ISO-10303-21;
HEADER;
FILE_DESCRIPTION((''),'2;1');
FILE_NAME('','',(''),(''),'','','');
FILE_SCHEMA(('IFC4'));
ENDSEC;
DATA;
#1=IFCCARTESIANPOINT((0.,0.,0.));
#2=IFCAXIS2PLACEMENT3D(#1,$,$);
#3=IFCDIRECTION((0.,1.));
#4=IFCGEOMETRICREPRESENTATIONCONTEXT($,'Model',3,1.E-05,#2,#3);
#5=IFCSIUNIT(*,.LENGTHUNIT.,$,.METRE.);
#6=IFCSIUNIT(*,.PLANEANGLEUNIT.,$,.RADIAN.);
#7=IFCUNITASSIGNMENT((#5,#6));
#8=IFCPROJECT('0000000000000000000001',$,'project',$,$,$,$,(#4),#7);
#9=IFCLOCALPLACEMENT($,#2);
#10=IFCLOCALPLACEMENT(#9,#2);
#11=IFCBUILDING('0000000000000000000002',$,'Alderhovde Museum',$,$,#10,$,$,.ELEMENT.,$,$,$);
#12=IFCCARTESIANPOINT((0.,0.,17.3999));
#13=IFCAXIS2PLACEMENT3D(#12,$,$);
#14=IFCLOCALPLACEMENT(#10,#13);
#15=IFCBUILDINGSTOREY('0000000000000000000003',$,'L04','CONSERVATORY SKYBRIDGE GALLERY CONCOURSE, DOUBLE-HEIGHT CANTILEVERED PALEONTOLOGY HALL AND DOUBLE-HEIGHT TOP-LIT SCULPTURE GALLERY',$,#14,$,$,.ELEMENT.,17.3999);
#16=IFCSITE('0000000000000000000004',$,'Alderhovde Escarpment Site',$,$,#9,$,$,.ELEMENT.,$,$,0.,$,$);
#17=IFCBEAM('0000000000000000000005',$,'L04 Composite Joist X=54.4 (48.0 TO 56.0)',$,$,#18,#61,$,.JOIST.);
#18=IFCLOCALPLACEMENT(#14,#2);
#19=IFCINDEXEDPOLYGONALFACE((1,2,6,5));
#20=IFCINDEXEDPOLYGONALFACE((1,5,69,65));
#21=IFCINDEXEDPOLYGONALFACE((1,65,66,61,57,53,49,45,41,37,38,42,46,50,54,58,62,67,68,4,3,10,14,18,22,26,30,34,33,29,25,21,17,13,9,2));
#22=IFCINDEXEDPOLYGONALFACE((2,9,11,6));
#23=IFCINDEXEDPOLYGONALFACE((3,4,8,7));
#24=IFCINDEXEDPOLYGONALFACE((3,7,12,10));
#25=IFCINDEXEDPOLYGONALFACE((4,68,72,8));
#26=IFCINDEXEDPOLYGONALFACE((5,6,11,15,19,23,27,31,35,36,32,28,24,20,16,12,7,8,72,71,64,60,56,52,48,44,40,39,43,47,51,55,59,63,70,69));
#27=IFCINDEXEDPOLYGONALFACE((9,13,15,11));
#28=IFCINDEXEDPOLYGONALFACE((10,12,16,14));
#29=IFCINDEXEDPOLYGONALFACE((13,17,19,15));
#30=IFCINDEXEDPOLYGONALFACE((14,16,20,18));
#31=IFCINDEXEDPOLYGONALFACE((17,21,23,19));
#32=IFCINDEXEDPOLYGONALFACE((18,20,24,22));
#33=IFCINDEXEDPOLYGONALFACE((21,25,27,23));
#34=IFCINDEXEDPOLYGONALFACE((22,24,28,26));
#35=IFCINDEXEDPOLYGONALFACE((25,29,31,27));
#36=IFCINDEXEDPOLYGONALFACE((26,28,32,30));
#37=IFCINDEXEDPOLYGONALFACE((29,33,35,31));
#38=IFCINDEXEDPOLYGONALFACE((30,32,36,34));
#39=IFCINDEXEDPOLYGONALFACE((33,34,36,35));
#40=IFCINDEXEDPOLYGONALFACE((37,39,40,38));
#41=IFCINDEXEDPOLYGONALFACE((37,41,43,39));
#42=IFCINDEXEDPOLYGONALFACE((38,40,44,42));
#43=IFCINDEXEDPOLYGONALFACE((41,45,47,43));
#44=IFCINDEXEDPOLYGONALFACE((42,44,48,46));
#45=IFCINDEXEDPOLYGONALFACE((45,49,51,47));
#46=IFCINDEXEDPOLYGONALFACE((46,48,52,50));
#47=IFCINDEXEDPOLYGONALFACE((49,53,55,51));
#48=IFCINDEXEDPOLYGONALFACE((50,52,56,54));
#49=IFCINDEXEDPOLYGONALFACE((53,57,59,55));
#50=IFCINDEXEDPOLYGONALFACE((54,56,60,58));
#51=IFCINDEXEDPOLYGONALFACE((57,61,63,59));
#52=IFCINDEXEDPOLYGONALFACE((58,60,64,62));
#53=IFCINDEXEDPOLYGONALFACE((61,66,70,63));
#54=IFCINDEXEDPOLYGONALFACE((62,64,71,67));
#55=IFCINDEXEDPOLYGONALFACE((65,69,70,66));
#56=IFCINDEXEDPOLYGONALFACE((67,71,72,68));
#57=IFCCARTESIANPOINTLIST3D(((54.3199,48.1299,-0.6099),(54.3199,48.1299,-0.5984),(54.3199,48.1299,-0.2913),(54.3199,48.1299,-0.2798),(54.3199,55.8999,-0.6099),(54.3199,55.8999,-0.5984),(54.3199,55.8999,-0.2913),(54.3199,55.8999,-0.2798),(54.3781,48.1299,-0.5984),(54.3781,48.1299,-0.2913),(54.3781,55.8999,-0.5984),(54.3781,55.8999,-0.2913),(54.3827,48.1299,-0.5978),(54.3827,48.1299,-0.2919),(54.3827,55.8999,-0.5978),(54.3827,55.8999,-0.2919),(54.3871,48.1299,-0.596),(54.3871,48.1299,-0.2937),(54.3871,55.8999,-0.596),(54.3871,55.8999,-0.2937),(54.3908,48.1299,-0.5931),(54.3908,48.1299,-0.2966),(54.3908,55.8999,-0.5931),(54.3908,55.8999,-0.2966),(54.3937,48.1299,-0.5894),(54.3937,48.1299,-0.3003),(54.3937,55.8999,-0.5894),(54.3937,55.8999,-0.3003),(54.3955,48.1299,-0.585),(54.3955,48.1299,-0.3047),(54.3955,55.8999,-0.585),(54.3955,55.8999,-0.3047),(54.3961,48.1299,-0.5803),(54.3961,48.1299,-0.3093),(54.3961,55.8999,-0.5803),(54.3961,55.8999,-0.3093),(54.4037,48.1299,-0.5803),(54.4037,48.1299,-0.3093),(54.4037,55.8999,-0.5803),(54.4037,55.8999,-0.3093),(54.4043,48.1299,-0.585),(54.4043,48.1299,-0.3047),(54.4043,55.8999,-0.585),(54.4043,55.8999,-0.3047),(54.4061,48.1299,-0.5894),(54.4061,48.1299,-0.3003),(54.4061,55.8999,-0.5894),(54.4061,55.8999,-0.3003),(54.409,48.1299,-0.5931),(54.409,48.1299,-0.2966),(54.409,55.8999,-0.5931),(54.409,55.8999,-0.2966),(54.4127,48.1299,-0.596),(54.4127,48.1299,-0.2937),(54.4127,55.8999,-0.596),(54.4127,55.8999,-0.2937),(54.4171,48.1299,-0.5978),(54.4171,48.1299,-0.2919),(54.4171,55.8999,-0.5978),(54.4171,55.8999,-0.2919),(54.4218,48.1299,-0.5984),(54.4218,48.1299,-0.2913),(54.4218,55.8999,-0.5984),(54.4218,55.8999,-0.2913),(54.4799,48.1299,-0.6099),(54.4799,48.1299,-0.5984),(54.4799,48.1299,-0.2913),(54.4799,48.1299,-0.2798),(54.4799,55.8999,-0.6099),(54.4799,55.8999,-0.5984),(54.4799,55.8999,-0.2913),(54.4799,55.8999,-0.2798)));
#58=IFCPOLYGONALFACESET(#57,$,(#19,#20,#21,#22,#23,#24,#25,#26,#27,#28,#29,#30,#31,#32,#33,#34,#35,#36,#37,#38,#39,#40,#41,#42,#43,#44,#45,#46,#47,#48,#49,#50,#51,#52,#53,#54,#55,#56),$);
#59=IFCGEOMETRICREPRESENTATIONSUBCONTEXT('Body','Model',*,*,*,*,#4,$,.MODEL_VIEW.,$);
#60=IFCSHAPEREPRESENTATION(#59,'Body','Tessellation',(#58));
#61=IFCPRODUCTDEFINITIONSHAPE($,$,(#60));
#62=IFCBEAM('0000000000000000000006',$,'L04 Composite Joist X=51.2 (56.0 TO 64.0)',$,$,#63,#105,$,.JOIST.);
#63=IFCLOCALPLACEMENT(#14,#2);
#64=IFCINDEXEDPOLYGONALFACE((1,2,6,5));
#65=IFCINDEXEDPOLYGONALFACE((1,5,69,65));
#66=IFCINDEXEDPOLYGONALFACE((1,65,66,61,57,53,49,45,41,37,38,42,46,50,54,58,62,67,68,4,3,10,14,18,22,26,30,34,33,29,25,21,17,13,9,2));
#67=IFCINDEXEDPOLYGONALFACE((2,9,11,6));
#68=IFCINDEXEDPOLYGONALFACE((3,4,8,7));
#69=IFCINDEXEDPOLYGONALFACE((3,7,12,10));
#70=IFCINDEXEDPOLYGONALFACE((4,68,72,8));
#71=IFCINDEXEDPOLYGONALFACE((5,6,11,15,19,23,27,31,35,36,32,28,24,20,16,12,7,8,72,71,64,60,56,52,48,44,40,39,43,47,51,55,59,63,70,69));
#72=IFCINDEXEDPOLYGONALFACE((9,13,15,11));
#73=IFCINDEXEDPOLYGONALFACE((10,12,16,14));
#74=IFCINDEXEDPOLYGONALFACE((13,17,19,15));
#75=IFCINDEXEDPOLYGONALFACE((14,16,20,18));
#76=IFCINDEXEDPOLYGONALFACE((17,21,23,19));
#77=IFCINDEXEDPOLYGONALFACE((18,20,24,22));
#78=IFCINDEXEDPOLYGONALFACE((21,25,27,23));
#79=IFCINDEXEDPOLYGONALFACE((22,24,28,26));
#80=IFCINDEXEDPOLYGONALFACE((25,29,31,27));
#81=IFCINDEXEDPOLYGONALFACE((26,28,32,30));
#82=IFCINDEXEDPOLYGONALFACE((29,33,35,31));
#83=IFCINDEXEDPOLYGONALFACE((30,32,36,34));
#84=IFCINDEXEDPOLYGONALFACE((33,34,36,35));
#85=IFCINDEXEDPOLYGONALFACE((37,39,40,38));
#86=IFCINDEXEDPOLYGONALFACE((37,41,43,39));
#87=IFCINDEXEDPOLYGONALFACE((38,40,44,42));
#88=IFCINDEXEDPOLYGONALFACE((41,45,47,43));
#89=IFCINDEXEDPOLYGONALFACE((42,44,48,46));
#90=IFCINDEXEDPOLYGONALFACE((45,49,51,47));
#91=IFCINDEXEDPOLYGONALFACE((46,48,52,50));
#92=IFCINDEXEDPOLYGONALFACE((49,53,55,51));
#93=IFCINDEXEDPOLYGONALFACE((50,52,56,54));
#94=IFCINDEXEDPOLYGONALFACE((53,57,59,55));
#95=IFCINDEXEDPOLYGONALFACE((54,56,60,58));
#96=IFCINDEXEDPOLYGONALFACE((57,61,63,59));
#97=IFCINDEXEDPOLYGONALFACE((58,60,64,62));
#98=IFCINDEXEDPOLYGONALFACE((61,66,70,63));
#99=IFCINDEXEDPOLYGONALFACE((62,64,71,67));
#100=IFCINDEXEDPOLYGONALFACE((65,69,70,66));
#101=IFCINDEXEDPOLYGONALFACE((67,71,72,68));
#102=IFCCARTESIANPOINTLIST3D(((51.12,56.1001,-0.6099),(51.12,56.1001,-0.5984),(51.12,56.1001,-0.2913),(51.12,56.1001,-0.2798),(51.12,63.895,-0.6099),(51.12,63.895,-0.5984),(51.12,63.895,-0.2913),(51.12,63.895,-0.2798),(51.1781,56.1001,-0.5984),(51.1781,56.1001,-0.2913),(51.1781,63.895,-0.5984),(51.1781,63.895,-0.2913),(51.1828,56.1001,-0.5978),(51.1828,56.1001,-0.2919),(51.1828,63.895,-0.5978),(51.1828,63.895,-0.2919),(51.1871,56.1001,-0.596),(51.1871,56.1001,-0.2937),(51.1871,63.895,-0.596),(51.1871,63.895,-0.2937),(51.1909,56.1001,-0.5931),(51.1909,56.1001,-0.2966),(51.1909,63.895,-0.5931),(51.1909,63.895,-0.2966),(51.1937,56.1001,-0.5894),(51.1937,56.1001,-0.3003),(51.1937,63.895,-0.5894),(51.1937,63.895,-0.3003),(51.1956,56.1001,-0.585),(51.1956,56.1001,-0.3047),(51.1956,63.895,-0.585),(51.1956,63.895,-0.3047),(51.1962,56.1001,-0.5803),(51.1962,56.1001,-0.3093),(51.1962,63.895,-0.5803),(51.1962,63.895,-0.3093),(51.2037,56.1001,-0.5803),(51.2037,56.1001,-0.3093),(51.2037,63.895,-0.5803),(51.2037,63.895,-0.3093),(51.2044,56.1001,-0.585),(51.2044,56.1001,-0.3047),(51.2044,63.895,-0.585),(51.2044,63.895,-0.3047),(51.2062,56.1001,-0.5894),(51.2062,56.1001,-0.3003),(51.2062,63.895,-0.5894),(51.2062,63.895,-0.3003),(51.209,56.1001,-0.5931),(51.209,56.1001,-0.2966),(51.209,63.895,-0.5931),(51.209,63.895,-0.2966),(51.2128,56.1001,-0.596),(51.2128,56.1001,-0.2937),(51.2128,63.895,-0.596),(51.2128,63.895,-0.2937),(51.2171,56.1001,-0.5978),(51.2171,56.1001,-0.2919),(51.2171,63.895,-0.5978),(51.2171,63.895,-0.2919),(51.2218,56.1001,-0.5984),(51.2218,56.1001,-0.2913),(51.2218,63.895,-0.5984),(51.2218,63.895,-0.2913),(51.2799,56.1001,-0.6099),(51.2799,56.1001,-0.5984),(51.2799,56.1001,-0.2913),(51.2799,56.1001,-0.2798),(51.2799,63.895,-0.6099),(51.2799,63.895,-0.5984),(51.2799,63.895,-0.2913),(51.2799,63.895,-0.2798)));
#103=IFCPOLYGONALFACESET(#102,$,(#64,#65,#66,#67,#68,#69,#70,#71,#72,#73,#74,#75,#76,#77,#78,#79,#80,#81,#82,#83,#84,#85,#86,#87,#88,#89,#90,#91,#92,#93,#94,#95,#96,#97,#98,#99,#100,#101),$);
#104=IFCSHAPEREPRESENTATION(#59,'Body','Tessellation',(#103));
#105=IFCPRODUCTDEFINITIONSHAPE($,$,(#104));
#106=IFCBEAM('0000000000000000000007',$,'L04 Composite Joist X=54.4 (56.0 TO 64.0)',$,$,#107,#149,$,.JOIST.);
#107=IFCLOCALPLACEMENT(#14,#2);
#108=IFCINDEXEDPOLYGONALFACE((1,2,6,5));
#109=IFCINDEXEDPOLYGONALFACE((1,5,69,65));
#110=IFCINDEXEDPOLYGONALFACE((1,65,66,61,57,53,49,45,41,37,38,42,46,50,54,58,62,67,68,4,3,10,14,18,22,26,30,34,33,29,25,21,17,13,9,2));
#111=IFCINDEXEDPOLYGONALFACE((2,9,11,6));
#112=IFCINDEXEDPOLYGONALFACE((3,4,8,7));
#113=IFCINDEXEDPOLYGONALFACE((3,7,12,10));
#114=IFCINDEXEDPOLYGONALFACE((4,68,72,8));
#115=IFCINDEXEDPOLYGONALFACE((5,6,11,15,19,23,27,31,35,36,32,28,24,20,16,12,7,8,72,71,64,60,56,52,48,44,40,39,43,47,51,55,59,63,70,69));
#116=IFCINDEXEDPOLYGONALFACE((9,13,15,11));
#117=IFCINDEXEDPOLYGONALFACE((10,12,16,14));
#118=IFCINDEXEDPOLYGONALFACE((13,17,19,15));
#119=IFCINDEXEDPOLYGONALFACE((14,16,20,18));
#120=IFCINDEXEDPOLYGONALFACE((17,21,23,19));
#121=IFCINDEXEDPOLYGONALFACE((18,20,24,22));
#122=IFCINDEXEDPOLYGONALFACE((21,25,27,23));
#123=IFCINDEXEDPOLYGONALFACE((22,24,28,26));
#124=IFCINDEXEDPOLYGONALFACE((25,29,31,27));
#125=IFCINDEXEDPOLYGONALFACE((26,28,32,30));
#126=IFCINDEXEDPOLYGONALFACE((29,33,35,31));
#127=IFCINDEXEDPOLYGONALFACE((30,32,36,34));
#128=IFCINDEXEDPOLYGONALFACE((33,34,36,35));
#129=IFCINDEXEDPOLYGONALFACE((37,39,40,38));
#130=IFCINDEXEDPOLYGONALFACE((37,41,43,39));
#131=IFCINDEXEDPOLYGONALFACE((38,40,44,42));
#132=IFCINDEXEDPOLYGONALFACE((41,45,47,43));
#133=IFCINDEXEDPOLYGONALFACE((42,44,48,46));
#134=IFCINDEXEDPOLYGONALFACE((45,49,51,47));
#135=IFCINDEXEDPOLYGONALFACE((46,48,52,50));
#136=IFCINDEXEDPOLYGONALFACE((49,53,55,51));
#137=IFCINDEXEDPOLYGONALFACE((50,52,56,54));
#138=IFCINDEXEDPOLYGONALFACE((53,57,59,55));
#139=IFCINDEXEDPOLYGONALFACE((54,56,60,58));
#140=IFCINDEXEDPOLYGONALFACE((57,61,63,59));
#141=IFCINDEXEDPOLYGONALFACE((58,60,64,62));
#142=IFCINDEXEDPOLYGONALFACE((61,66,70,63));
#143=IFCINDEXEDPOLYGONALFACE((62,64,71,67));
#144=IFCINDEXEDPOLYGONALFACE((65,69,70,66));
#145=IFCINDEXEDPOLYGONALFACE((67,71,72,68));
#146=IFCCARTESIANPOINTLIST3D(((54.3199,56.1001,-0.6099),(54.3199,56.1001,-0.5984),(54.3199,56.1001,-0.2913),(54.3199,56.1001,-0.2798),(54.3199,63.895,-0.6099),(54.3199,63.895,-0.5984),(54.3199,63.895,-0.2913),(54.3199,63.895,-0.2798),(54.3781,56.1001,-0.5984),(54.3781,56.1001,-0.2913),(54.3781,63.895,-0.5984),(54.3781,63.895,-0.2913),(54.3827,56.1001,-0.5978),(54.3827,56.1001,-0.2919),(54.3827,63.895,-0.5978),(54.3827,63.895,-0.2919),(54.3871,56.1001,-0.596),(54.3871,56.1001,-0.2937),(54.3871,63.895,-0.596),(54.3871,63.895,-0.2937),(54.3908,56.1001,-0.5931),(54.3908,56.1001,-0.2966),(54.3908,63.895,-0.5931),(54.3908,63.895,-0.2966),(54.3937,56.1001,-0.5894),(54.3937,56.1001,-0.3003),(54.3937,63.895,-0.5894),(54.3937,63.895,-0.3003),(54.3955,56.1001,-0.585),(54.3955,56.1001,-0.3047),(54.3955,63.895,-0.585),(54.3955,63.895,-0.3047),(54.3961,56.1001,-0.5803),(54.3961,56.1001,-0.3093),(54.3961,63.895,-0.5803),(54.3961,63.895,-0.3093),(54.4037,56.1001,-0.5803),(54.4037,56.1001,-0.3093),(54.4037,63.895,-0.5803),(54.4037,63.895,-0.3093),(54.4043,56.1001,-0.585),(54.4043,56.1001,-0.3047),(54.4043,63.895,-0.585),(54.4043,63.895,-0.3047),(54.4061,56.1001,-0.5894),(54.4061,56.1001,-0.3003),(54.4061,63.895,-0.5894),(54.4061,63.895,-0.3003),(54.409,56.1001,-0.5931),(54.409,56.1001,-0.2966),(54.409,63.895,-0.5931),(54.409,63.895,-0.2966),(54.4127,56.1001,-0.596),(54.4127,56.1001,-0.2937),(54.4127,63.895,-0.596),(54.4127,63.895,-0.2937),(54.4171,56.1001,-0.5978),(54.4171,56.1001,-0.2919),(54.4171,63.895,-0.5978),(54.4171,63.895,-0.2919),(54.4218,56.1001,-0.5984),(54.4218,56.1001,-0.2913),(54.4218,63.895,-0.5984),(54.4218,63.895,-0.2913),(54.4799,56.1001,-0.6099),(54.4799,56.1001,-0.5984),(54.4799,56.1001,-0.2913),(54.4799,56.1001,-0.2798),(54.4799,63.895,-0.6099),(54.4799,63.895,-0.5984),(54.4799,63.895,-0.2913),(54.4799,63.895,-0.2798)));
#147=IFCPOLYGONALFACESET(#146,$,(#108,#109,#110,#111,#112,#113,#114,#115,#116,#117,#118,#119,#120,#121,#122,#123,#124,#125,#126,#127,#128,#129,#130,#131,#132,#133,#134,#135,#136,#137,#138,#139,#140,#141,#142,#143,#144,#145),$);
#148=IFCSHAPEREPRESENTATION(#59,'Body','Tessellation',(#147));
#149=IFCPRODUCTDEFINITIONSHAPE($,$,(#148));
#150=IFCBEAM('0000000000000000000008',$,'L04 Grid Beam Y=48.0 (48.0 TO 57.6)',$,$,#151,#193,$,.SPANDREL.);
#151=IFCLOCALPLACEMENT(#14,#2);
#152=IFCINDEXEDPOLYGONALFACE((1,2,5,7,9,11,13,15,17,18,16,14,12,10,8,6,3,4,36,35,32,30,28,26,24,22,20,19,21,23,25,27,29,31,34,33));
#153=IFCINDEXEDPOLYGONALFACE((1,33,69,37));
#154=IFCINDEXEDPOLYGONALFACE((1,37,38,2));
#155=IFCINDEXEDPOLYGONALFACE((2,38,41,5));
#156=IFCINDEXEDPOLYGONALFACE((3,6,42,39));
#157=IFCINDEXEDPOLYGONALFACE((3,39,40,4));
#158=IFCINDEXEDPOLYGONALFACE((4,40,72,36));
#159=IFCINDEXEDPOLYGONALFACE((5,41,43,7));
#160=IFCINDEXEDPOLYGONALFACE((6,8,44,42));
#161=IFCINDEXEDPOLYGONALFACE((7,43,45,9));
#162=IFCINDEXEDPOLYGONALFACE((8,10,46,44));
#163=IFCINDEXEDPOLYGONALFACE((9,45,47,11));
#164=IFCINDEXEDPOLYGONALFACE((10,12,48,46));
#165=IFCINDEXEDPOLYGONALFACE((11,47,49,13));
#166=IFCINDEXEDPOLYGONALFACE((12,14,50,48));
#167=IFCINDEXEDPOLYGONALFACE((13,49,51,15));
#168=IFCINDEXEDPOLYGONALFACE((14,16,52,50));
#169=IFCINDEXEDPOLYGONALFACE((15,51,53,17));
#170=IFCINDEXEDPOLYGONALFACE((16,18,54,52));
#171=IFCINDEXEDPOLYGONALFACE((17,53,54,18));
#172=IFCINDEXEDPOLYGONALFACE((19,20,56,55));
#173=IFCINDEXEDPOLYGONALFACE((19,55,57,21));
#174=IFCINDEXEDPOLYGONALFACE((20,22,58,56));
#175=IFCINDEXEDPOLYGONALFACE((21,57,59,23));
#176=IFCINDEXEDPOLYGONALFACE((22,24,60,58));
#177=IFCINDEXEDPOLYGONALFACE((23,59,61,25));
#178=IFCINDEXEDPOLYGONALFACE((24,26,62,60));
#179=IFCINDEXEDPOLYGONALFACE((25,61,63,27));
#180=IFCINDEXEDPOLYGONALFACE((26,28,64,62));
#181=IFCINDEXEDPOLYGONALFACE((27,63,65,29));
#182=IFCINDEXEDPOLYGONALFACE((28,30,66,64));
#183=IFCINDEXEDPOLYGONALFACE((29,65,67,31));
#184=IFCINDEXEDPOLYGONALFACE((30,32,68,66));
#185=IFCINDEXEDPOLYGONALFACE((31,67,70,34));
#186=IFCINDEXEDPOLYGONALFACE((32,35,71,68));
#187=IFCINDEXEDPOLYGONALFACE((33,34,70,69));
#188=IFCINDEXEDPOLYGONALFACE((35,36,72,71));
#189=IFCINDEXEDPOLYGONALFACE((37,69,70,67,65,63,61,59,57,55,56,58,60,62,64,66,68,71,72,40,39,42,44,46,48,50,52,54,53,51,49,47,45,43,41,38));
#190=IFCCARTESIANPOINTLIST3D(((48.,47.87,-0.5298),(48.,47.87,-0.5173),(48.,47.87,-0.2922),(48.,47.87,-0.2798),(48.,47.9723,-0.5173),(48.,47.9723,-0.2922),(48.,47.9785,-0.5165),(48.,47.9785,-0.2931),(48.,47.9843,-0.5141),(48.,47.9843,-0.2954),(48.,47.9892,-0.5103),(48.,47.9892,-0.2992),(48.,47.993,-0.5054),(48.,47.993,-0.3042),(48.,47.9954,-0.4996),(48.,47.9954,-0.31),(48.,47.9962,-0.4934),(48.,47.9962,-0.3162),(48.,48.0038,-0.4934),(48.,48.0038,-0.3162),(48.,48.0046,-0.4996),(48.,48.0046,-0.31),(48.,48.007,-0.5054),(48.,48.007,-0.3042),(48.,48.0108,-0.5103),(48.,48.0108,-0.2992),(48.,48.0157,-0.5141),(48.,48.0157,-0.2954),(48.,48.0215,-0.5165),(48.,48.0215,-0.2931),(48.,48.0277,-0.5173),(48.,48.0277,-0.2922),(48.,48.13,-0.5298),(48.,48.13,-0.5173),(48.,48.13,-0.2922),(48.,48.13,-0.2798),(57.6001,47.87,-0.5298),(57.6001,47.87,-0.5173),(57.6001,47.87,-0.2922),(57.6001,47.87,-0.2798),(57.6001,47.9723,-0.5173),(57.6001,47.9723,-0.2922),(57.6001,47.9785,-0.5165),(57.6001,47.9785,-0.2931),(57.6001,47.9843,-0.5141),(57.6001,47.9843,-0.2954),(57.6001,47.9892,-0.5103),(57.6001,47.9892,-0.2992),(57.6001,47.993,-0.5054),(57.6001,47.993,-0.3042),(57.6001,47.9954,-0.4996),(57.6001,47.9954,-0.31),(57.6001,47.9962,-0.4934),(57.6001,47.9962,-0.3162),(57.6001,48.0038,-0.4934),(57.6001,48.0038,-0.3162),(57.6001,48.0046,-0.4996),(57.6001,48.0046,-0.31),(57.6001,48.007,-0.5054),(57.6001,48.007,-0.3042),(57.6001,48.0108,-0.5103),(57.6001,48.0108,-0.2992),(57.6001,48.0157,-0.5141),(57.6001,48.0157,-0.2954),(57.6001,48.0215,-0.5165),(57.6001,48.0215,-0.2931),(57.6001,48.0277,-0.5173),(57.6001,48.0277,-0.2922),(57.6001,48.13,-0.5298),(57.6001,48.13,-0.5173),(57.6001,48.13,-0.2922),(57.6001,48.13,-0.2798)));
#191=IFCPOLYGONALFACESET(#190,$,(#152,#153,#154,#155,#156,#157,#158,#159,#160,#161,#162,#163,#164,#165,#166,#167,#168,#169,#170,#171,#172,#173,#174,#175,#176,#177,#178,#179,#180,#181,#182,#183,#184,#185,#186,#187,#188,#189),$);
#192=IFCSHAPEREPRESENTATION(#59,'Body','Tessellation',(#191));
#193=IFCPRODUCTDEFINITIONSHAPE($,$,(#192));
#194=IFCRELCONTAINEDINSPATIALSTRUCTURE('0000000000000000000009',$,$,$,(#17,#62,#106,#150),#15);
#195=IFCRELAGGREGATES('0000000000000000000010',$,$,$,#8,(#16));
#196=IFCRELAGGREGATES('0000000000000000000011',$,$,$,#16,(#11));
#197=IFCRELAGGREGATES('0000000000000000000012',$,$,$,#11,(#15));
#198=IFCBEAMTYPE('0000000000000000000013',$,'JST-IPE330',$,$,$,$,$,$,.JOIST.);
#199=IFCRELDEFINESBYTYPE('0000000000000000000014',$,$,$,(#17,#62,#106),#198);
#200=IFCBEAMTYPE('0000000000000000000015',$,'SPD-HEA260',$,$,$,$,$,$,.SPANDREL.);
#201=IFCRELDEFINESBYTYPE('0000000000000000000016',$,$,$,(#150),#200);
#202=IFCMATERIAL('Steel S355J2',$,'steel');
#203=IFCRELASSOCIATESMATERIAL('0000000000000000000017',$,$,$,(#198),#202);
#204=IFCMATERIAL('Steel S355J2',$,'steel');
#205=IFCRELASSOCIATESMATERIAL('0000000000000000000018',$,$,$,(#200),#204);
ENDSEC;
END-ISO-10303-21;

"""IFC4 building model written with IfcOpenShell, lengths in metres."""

from ifc_helpers import new_model, si_unit, direction, frame, origin, origin_2d, place, context, subcontext, project, spatial, i_section, extrude, material, material_profile, profile_set, type_object, element, save


model = new_model("IFC4")

# Units and contexts
model_context = context("Model", 3, precision=1e-05, world=origin(), true_north=direction((0.0, 1.0)))
body_context = subcontext(model_context, "Body", "Model", "MODEL_VIEW")
ifc_project = project(units=[si_unit("LENGTHUNIT", "METRE"), si_unit("PLANEANGLEUNIT", "RADIAN")], contexts=[model_context])

# Site, building, storey
site_placement = place(None, origin())
site = spatial("IfcSite", under=ifc_project, at=site_placement, Name="Alderhovde Escarpment Site", CompositionType="ELEMENT", RefElevation=0.0)
building_placement = place(site_placement, origin())
building = spatial("IfcBuilding", under=site, at=building_placement, Name="Alderhovde Museum", CompositionType="ELEMENT")
storey_placement = place(building_placement, frame((0.0, 0.0, 17.3999)))
storey = spatial("IfcBuildingStorey", under=building, at=storey_placement, Name="L04", Description="CONSERVATORY SKYBRIDGE GALLERY CONCOURSE, DOUBLE-HEIGHT CANTILEVERED PALEONTOLOGY HALL AND DOUBLE-HEIGHT TOP-LIT SCULPTURE GALLERY", CompositionType="ELEMENT", Elevation=17.3999)

# Beams
ifc_material_1 = material(Name="Steel S355J2", Category="steel")
ifc_material_profile_1 = material_profile(ifc_material_1, i_section(OverallWidth=0.1599, OverallDepth=0.3301, WebThickness=0.0076, FlangeThickness=0.0115, FilletRadius=0.0181, at=origin_2d()), Name="IPE 330")
ifc_profile_set_1 = profile_set([ifc_material_profile_1], Name="Steel S355J2")
beam_type_1 = type_object("IfcBeamType", Name="JST-IPE330", PredefinedType="JOIST", material=ifc_profile_set_1)
for number, where, z_axis, x_axis, name in (
    (1, (54.3999, 48.1299, -0.4448), (0.0, 1.0, 0.0), (-1.0, 0.0, 0.0), "L04 Composite Joist X=54.4 (48.0 TO 56.0)"),
):
    element("IfcBeam", number, at=place(storey_placement, frame(where, z_axis=z_axis, x_axis=x_axis)), inside=storey, type_object=beam_type_1, Name=name, PredefinedType="JOIST", context=body_context, shape_type="SweptSolid", body=[
        extrude(i_section(OverallWidth=0.1599, OverallDepth=0.3301, WebThickness=0.0076, FlangeThickness=0.0115, FilletRadius=0.0181, at=origin_2d()), origin(), (0.0, 0.0, 1.0), 7.77),
    ])
for number, where, z_axis, x_axis, name in (
    (2, (51.2, 56.1001, -0.4448), (0.0, 1.0, 0.0), (-1.0, 0.0, 0.0), "L04 Composite Joist X=51.2 (56.0 TO 64.0)"),
    (3, (54.3999, 56.1001, -0.4448), (0.0, 1.0, 0.0), (-1.0, 0.0, 0.0), "L04 Composite Joist X=54.4 (56.0 TO 64.0)"),
):
    element("IfcBeam", number, at=place(storey_placement, frame(where, z_axis=z_axis, x_axis=x_axis)), inside=storey, type_object=beam_type_1, Name=name, PredefinedType="JOIST", context=body_context, shape_type="SweptSolid", body=[
        extrude(i_section(OverallWidth=0.1599, OverallDepth=0.3301, WebThickness=0.0076, FlangeThickness=0.0115, FilletRadius=0.0181, at=origin_2d()), origin(), (0.0, 0.0, 1.0), 7.7949),
    ])
ifc_material_2 = material(Name="Steel S355J2", Category="steel")
ifc_material_profile_2 = material_profile(ifc_material_2, i_section(OverallWidth=0.26, OverallDepth=0.25, WebThickness=0.0076, FlangeThickness=0.0125, FilletRadius=0.0239, at=origin_2d()), Name="HEA 260")
ifc_profile_set_2 = profile_set([ifc_material_profile_2], Name="Steel S355J2")
beam_type_2 = type_object("IfcBeamType", Name="SPD-HEA260", PredefinedType="SPANDREL", material=ifc_profile_set_2)
beam_1_placement = place(storey_placement, frame((48.0, 48.0, -0.4048), z_axis=(1.0, 0.0, 0.0), x_axis=(0.0, 1.0, 0.0)))
element("IfcBeam", 4, at=beam_1_placement, inside=storey, type_object=beam_type_2, Name="L04 Grid Beam Y=48.0 (48.0 TO 57.6)", PredefinedType="SPANDREL", context=body_context, shape_type="SweptSolid", body=[
    extrude(i_section(OverallWidth=0.26, OverallDepth=0.25, WebThickness=0.0076, FlangeThickness=0.0125, FilletRadius=0.0239, at=origin_2d()), origin(), (0.0, 0.0, 1.0), 9.6001),
])

save(model, "model.ifc")
